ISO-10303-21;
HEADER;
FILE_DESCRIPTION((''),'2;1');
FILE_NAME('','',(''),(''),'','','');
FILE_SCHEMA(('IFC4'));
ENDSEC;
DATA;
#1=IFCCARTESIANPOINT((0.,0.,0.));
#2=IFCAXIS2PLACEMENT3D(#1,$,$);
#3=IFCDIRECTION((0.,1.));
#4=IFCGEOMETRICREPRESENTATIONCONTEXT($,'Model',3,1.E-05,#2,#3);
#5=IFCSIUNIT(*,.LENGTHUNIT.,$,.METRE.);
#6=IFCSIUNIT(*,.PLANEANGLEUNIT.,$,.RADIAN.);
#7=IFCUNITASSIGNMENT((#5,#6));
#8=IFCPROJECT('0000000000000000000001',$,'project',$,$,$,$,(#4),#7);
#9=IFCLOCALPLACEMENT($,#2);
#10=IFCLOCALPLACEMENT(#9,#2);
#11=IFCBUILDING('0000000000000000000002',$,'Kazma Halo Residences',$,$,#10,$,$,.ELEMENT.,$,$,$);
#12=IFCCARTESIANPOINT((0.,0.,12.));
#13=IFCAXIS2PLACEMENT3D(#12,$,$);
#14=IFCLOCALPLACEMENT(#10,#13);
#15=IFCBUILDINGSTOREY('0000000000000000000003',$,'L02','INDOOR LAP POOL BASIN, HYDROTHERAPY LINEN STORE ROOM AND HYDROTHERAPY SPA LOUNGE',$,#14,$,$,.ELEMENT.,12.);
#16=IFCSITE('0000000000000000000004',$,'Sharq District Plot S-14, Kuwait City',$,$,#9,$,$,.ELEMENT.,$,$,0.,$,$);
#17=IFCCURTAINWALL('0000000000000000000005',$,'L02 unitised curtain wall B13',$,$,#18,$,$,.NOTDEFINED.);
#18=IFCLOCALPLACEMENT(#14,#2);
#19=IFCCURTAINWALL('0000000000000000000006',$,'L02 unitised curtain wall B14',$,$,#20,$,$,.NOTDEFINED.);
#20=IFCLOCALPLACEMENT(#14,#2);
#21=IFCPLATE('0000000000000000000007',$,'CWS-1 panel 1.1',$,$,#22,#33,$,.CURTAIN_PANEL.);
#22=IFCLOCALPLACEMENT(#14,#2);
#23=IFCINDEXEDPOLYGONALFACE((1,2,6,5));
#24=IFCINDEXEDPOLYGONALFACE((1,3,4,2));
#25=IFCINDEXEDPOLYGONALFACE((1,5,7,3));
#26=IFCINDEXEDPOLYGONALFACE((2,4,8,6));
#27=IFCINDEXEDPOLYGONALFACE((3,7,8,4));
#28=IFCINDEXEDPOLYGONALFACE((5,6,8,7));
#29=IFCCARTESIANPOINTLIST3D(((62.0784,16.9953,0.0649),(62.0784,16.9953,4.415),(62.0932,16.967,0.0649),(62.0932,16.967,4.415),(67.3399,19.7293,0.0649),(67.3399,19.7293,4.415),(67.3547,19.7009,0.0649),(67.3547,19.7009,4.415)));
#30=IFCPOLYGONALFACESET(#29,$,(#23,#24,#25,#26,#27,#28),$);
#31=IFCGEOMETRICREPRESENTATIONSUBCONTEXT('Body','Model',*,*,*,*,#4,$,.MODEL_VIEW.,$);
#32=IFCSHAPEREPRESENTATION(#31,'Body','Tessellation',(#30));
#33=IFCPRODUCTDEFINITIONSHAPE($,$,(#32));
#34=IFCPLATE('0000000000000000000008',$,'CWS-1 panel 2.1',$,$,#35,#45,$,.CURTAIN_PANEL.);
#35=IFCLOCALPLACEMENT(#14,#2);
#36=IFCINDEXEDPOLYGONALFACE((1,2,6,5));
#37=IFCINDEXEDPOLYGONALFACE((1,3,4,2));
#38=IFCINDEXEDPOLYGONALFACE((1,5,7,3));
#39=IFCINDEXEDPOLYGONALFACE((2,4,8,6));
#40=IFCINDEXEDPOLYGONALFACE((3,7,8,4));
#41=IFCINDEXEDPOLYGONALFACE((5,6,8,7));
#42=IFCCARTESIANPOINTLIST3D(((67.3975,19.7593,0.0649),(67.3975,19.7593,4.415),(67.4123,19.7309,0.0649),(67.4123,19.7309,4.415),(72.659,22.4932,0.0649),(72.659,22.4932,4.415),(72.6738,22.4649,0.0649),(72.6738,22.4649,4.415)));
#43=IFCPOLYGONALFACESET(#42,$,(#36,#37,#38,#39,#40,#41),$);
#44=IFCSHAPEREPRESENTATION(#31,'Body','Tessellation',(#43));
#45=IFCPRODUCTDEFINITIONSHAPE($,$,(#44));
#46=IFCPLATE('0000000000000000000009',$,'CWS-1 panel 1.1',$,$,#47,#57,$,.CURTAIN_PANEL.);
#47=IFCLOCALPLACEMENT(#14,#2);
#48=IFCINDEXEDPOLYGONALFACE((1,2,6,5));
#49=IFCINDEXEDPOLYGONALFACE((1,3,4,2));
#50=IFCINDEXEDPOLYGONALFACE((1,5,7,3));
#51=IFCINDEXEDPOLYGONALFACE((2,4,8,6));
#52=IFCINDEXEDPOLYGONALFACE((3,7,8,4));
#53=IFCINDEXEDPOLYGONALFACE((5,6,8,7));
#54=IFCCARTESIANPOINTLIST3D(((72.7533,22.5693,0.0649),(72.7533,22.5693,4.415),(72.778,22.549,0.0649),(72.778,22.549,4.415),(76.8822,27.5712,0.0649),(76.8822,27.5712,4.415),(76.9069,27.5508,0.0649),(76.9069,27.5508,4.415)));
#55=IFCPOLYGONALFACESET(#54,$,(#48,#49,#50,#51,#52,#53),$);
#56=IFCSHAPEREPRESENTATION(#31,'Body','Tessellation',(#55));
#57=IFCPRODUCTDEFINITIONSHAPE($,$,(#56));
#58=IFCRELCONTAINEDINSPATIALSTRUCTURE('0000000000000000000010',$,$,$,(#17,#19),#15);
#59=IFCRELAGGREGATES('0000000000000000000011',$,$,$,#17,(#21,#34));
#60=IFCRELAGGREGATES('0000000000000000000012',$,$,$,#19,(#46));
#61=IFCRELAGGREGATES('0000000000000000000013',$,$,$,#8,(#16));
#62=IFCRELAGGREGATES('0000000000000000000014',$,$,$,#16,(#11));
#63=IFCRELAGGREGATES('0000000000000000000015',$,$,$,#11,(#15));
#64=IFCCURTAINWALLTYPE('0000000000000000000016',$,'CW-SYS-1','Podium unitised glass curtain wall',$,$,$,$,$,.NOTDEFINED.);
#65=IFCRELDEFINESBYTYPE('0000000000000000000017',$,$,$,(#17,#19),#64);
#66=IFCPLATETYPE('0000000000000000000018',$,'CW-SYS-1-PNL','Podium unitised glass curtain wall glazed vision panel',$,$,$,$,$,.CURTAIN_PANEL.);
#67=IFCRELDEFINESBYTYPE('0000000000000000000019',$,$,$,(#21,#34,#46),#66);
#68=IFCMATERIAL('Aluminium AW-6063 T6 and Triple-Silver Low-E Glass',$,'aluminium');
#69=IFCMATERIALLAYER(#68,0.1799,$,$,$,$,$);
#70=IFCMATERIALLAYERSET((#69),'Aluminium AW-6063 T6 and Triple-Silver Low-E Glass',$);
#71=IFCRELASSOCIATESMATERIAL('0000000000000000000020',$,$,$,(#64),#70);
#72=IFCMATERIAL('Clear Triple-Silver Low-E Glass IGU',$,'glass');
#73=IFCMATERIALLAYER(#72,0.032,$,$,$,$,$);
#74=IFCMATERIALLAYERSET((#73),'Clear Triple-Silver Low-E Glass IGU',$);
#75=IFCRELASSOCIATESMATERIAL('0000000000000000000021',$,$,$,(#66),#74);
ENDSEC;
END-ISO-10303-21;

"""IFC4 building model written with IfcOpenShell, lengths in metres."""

from ifc_helpers import new_model, si_unit, direction, frame, origin, origin_2d, place, context, subcontext, project, spatial, rectangle, extrude, material, layer, layer_set, type_object, element, aggregate, save


model = new_model("IFC4")

# Units and contexts
model_context = context("Model", 3, precision=1e-05, world=origin(), true_north=direction((0.0, 1.0)))
body_context = subcontext(model_context, "Body", "Model", "MODEL_VIEW")
ifc_project = project(units=[si_unit("LENGTHUNIT", "METRE"), si_unit("PLANEANGLEUNIT", "RADIAN")], contexts=[model_context])

# Site, building, storey
site_placement = place(None, origin())
site = spatial("IfcSite", under=ifc_project, at=site_placement, Name="Sharq District Plot S-14, Kuwait City", CompositionType="ELEMENT", RefElevation=0.0)
building_placement = place(site_placement, origin())
building = spatial("IfcBuilding", under=site, at=building_placement, Name="Kazma Halo Residences", CompositionType="ELEMENT")
storey_placement = place(building_placement, frame((0.0, 0.0, 12.0)))
storey = spatial("IfcBuildingStorey", under=building, at=storey_placement, Name="L02", Description="INDOOR LAP POOL BASIN, HYDROTHERAPY LINEN STORE ROOM AND HYDROTHERAPY SPA LOUNGE", CompositionType="ELEMENT", Elevation=12.0)

# Shared definitions
ifc_material_1 = material(Name="Aluminium AW-6063 T6 and Triple-Silver Low-E Glass", Category="aluminium")
ifc_layer_1 = layer(ifc_material_1, 0.1799)
ifc_layer_set_1 = layer_set([ifc_layer_1], Name="Aluminium AW-6063 T6 and Triple-Silver Low-E Glass")
curtain_wall_type = type_object("IfcCurtainWallType", Name="CW-SYS-1", Description="Podium unitised glass curtain wall", PredefinedType="NOTDEFINED", material=ifc_layer_set_1)

# Curtain walls
curtain_wall_1_placement = place(storey_placement, origin())
curtain_wall_1 = element("IfcCurtainWall", 1, at=curtain_wall_1_placement, inside=storey, type_object=curtain_wall_type, Name="L02 unitised curtain wall B13", PredefinedType="NOTDEFINED")
curtain_wall_2_placement = place(storey_placement, origin())
curtain_wall_2 = element("IfcCurtainWall", 2, at=curtain_wall_2_placement, inside=storey, type_object=curtain_wall_type, Name="L02 unitised curtain wall B14", PredefinedType="NOTDEFINED")

# Plates
ifc_material_2 = material(Name="Clear Triple-Silver Low-E Glass IGU", Category="glass")
ifc_layer_2 = layer(ifc_material_2, 0.032)
ifc_layer_set_2 = layer_set([ifc_layer_2], Name="Clear Triple-Silver Low-E Glass IGU")
plate_type = type_object("IfcPlateType", Name="CW-SYS-1-PNL", Description="Podium unitised glass curtain wall glazed vision panel", PredefinedType="CURTAIN_PANEL", material=ifc_layer_set_2)
plate_1_placement = place(storey_placement, frame((64.7166, 18.3481, 0.0649), z_axis=(0.0, 0.0, 1.0), x_axis=(0.887355, 0.461087, 0.0)))
plate_1 = element("IfcPlate", 3, at=plate_1_placement, type_object=plate_type, Name="CWS-1 panel 1.1", PredefinedType="CURTAIN_PANEL", context=body_context, shape_type="SweptSolid", body=[
    extrude(rectangle(XDim=5.9294, YDim=0.032, at=origin_2d()), origin(), (0.0, 0.0, 1.0), 4.3501),
])
plate_2_placement = place(storey_placement, frame((70.0356, 21.1121, 0.0649), z_axis=(0.0, 0.0, 1.0), x_axis=(0.887355, 0.461087, 0.0)))
plate_2 = element("IfcPlate", 4, at=plate_2_placement, type_object=plate_type, Name="CWS-1 panel 2.1", PredefinedType="CURTAIN_PANEL", context=body_context, shape_type="SweptSolid", body=[
    extrude(rectangle(XDim=5.9294, YDim=0.032, at=origin_2d()), origin(), (0.0, 0.0, 1.0), 4.3501),
])
aggregate(curtain_wall_1, [plate_1, plate_2])
plate_3_placement = place(storey_placement, frame((74.8301, 25.0601, 0.0649), z_axis=(0.0, 0.0, 1.0), x_axis=(0.636603, 0.771192, 0.0)))
plate_3 = element("IfcPlate", 5, at=plate_3_placement, type_object=plate_type, Name="CWS-1 panel 1.1", PredefinedType="CURTAIN_PANEL", context=body_context, shape_type="SweptSolid", body=[
    extrude(rectangle(XDim=6.4858, YDim=0.032, at=origin_2d()), origin(), (0.0, 0.0, 1.0), 4.3501),
])
aggregate(curtain_wall_2, [plate_3])

save(model, "model.ifc")
